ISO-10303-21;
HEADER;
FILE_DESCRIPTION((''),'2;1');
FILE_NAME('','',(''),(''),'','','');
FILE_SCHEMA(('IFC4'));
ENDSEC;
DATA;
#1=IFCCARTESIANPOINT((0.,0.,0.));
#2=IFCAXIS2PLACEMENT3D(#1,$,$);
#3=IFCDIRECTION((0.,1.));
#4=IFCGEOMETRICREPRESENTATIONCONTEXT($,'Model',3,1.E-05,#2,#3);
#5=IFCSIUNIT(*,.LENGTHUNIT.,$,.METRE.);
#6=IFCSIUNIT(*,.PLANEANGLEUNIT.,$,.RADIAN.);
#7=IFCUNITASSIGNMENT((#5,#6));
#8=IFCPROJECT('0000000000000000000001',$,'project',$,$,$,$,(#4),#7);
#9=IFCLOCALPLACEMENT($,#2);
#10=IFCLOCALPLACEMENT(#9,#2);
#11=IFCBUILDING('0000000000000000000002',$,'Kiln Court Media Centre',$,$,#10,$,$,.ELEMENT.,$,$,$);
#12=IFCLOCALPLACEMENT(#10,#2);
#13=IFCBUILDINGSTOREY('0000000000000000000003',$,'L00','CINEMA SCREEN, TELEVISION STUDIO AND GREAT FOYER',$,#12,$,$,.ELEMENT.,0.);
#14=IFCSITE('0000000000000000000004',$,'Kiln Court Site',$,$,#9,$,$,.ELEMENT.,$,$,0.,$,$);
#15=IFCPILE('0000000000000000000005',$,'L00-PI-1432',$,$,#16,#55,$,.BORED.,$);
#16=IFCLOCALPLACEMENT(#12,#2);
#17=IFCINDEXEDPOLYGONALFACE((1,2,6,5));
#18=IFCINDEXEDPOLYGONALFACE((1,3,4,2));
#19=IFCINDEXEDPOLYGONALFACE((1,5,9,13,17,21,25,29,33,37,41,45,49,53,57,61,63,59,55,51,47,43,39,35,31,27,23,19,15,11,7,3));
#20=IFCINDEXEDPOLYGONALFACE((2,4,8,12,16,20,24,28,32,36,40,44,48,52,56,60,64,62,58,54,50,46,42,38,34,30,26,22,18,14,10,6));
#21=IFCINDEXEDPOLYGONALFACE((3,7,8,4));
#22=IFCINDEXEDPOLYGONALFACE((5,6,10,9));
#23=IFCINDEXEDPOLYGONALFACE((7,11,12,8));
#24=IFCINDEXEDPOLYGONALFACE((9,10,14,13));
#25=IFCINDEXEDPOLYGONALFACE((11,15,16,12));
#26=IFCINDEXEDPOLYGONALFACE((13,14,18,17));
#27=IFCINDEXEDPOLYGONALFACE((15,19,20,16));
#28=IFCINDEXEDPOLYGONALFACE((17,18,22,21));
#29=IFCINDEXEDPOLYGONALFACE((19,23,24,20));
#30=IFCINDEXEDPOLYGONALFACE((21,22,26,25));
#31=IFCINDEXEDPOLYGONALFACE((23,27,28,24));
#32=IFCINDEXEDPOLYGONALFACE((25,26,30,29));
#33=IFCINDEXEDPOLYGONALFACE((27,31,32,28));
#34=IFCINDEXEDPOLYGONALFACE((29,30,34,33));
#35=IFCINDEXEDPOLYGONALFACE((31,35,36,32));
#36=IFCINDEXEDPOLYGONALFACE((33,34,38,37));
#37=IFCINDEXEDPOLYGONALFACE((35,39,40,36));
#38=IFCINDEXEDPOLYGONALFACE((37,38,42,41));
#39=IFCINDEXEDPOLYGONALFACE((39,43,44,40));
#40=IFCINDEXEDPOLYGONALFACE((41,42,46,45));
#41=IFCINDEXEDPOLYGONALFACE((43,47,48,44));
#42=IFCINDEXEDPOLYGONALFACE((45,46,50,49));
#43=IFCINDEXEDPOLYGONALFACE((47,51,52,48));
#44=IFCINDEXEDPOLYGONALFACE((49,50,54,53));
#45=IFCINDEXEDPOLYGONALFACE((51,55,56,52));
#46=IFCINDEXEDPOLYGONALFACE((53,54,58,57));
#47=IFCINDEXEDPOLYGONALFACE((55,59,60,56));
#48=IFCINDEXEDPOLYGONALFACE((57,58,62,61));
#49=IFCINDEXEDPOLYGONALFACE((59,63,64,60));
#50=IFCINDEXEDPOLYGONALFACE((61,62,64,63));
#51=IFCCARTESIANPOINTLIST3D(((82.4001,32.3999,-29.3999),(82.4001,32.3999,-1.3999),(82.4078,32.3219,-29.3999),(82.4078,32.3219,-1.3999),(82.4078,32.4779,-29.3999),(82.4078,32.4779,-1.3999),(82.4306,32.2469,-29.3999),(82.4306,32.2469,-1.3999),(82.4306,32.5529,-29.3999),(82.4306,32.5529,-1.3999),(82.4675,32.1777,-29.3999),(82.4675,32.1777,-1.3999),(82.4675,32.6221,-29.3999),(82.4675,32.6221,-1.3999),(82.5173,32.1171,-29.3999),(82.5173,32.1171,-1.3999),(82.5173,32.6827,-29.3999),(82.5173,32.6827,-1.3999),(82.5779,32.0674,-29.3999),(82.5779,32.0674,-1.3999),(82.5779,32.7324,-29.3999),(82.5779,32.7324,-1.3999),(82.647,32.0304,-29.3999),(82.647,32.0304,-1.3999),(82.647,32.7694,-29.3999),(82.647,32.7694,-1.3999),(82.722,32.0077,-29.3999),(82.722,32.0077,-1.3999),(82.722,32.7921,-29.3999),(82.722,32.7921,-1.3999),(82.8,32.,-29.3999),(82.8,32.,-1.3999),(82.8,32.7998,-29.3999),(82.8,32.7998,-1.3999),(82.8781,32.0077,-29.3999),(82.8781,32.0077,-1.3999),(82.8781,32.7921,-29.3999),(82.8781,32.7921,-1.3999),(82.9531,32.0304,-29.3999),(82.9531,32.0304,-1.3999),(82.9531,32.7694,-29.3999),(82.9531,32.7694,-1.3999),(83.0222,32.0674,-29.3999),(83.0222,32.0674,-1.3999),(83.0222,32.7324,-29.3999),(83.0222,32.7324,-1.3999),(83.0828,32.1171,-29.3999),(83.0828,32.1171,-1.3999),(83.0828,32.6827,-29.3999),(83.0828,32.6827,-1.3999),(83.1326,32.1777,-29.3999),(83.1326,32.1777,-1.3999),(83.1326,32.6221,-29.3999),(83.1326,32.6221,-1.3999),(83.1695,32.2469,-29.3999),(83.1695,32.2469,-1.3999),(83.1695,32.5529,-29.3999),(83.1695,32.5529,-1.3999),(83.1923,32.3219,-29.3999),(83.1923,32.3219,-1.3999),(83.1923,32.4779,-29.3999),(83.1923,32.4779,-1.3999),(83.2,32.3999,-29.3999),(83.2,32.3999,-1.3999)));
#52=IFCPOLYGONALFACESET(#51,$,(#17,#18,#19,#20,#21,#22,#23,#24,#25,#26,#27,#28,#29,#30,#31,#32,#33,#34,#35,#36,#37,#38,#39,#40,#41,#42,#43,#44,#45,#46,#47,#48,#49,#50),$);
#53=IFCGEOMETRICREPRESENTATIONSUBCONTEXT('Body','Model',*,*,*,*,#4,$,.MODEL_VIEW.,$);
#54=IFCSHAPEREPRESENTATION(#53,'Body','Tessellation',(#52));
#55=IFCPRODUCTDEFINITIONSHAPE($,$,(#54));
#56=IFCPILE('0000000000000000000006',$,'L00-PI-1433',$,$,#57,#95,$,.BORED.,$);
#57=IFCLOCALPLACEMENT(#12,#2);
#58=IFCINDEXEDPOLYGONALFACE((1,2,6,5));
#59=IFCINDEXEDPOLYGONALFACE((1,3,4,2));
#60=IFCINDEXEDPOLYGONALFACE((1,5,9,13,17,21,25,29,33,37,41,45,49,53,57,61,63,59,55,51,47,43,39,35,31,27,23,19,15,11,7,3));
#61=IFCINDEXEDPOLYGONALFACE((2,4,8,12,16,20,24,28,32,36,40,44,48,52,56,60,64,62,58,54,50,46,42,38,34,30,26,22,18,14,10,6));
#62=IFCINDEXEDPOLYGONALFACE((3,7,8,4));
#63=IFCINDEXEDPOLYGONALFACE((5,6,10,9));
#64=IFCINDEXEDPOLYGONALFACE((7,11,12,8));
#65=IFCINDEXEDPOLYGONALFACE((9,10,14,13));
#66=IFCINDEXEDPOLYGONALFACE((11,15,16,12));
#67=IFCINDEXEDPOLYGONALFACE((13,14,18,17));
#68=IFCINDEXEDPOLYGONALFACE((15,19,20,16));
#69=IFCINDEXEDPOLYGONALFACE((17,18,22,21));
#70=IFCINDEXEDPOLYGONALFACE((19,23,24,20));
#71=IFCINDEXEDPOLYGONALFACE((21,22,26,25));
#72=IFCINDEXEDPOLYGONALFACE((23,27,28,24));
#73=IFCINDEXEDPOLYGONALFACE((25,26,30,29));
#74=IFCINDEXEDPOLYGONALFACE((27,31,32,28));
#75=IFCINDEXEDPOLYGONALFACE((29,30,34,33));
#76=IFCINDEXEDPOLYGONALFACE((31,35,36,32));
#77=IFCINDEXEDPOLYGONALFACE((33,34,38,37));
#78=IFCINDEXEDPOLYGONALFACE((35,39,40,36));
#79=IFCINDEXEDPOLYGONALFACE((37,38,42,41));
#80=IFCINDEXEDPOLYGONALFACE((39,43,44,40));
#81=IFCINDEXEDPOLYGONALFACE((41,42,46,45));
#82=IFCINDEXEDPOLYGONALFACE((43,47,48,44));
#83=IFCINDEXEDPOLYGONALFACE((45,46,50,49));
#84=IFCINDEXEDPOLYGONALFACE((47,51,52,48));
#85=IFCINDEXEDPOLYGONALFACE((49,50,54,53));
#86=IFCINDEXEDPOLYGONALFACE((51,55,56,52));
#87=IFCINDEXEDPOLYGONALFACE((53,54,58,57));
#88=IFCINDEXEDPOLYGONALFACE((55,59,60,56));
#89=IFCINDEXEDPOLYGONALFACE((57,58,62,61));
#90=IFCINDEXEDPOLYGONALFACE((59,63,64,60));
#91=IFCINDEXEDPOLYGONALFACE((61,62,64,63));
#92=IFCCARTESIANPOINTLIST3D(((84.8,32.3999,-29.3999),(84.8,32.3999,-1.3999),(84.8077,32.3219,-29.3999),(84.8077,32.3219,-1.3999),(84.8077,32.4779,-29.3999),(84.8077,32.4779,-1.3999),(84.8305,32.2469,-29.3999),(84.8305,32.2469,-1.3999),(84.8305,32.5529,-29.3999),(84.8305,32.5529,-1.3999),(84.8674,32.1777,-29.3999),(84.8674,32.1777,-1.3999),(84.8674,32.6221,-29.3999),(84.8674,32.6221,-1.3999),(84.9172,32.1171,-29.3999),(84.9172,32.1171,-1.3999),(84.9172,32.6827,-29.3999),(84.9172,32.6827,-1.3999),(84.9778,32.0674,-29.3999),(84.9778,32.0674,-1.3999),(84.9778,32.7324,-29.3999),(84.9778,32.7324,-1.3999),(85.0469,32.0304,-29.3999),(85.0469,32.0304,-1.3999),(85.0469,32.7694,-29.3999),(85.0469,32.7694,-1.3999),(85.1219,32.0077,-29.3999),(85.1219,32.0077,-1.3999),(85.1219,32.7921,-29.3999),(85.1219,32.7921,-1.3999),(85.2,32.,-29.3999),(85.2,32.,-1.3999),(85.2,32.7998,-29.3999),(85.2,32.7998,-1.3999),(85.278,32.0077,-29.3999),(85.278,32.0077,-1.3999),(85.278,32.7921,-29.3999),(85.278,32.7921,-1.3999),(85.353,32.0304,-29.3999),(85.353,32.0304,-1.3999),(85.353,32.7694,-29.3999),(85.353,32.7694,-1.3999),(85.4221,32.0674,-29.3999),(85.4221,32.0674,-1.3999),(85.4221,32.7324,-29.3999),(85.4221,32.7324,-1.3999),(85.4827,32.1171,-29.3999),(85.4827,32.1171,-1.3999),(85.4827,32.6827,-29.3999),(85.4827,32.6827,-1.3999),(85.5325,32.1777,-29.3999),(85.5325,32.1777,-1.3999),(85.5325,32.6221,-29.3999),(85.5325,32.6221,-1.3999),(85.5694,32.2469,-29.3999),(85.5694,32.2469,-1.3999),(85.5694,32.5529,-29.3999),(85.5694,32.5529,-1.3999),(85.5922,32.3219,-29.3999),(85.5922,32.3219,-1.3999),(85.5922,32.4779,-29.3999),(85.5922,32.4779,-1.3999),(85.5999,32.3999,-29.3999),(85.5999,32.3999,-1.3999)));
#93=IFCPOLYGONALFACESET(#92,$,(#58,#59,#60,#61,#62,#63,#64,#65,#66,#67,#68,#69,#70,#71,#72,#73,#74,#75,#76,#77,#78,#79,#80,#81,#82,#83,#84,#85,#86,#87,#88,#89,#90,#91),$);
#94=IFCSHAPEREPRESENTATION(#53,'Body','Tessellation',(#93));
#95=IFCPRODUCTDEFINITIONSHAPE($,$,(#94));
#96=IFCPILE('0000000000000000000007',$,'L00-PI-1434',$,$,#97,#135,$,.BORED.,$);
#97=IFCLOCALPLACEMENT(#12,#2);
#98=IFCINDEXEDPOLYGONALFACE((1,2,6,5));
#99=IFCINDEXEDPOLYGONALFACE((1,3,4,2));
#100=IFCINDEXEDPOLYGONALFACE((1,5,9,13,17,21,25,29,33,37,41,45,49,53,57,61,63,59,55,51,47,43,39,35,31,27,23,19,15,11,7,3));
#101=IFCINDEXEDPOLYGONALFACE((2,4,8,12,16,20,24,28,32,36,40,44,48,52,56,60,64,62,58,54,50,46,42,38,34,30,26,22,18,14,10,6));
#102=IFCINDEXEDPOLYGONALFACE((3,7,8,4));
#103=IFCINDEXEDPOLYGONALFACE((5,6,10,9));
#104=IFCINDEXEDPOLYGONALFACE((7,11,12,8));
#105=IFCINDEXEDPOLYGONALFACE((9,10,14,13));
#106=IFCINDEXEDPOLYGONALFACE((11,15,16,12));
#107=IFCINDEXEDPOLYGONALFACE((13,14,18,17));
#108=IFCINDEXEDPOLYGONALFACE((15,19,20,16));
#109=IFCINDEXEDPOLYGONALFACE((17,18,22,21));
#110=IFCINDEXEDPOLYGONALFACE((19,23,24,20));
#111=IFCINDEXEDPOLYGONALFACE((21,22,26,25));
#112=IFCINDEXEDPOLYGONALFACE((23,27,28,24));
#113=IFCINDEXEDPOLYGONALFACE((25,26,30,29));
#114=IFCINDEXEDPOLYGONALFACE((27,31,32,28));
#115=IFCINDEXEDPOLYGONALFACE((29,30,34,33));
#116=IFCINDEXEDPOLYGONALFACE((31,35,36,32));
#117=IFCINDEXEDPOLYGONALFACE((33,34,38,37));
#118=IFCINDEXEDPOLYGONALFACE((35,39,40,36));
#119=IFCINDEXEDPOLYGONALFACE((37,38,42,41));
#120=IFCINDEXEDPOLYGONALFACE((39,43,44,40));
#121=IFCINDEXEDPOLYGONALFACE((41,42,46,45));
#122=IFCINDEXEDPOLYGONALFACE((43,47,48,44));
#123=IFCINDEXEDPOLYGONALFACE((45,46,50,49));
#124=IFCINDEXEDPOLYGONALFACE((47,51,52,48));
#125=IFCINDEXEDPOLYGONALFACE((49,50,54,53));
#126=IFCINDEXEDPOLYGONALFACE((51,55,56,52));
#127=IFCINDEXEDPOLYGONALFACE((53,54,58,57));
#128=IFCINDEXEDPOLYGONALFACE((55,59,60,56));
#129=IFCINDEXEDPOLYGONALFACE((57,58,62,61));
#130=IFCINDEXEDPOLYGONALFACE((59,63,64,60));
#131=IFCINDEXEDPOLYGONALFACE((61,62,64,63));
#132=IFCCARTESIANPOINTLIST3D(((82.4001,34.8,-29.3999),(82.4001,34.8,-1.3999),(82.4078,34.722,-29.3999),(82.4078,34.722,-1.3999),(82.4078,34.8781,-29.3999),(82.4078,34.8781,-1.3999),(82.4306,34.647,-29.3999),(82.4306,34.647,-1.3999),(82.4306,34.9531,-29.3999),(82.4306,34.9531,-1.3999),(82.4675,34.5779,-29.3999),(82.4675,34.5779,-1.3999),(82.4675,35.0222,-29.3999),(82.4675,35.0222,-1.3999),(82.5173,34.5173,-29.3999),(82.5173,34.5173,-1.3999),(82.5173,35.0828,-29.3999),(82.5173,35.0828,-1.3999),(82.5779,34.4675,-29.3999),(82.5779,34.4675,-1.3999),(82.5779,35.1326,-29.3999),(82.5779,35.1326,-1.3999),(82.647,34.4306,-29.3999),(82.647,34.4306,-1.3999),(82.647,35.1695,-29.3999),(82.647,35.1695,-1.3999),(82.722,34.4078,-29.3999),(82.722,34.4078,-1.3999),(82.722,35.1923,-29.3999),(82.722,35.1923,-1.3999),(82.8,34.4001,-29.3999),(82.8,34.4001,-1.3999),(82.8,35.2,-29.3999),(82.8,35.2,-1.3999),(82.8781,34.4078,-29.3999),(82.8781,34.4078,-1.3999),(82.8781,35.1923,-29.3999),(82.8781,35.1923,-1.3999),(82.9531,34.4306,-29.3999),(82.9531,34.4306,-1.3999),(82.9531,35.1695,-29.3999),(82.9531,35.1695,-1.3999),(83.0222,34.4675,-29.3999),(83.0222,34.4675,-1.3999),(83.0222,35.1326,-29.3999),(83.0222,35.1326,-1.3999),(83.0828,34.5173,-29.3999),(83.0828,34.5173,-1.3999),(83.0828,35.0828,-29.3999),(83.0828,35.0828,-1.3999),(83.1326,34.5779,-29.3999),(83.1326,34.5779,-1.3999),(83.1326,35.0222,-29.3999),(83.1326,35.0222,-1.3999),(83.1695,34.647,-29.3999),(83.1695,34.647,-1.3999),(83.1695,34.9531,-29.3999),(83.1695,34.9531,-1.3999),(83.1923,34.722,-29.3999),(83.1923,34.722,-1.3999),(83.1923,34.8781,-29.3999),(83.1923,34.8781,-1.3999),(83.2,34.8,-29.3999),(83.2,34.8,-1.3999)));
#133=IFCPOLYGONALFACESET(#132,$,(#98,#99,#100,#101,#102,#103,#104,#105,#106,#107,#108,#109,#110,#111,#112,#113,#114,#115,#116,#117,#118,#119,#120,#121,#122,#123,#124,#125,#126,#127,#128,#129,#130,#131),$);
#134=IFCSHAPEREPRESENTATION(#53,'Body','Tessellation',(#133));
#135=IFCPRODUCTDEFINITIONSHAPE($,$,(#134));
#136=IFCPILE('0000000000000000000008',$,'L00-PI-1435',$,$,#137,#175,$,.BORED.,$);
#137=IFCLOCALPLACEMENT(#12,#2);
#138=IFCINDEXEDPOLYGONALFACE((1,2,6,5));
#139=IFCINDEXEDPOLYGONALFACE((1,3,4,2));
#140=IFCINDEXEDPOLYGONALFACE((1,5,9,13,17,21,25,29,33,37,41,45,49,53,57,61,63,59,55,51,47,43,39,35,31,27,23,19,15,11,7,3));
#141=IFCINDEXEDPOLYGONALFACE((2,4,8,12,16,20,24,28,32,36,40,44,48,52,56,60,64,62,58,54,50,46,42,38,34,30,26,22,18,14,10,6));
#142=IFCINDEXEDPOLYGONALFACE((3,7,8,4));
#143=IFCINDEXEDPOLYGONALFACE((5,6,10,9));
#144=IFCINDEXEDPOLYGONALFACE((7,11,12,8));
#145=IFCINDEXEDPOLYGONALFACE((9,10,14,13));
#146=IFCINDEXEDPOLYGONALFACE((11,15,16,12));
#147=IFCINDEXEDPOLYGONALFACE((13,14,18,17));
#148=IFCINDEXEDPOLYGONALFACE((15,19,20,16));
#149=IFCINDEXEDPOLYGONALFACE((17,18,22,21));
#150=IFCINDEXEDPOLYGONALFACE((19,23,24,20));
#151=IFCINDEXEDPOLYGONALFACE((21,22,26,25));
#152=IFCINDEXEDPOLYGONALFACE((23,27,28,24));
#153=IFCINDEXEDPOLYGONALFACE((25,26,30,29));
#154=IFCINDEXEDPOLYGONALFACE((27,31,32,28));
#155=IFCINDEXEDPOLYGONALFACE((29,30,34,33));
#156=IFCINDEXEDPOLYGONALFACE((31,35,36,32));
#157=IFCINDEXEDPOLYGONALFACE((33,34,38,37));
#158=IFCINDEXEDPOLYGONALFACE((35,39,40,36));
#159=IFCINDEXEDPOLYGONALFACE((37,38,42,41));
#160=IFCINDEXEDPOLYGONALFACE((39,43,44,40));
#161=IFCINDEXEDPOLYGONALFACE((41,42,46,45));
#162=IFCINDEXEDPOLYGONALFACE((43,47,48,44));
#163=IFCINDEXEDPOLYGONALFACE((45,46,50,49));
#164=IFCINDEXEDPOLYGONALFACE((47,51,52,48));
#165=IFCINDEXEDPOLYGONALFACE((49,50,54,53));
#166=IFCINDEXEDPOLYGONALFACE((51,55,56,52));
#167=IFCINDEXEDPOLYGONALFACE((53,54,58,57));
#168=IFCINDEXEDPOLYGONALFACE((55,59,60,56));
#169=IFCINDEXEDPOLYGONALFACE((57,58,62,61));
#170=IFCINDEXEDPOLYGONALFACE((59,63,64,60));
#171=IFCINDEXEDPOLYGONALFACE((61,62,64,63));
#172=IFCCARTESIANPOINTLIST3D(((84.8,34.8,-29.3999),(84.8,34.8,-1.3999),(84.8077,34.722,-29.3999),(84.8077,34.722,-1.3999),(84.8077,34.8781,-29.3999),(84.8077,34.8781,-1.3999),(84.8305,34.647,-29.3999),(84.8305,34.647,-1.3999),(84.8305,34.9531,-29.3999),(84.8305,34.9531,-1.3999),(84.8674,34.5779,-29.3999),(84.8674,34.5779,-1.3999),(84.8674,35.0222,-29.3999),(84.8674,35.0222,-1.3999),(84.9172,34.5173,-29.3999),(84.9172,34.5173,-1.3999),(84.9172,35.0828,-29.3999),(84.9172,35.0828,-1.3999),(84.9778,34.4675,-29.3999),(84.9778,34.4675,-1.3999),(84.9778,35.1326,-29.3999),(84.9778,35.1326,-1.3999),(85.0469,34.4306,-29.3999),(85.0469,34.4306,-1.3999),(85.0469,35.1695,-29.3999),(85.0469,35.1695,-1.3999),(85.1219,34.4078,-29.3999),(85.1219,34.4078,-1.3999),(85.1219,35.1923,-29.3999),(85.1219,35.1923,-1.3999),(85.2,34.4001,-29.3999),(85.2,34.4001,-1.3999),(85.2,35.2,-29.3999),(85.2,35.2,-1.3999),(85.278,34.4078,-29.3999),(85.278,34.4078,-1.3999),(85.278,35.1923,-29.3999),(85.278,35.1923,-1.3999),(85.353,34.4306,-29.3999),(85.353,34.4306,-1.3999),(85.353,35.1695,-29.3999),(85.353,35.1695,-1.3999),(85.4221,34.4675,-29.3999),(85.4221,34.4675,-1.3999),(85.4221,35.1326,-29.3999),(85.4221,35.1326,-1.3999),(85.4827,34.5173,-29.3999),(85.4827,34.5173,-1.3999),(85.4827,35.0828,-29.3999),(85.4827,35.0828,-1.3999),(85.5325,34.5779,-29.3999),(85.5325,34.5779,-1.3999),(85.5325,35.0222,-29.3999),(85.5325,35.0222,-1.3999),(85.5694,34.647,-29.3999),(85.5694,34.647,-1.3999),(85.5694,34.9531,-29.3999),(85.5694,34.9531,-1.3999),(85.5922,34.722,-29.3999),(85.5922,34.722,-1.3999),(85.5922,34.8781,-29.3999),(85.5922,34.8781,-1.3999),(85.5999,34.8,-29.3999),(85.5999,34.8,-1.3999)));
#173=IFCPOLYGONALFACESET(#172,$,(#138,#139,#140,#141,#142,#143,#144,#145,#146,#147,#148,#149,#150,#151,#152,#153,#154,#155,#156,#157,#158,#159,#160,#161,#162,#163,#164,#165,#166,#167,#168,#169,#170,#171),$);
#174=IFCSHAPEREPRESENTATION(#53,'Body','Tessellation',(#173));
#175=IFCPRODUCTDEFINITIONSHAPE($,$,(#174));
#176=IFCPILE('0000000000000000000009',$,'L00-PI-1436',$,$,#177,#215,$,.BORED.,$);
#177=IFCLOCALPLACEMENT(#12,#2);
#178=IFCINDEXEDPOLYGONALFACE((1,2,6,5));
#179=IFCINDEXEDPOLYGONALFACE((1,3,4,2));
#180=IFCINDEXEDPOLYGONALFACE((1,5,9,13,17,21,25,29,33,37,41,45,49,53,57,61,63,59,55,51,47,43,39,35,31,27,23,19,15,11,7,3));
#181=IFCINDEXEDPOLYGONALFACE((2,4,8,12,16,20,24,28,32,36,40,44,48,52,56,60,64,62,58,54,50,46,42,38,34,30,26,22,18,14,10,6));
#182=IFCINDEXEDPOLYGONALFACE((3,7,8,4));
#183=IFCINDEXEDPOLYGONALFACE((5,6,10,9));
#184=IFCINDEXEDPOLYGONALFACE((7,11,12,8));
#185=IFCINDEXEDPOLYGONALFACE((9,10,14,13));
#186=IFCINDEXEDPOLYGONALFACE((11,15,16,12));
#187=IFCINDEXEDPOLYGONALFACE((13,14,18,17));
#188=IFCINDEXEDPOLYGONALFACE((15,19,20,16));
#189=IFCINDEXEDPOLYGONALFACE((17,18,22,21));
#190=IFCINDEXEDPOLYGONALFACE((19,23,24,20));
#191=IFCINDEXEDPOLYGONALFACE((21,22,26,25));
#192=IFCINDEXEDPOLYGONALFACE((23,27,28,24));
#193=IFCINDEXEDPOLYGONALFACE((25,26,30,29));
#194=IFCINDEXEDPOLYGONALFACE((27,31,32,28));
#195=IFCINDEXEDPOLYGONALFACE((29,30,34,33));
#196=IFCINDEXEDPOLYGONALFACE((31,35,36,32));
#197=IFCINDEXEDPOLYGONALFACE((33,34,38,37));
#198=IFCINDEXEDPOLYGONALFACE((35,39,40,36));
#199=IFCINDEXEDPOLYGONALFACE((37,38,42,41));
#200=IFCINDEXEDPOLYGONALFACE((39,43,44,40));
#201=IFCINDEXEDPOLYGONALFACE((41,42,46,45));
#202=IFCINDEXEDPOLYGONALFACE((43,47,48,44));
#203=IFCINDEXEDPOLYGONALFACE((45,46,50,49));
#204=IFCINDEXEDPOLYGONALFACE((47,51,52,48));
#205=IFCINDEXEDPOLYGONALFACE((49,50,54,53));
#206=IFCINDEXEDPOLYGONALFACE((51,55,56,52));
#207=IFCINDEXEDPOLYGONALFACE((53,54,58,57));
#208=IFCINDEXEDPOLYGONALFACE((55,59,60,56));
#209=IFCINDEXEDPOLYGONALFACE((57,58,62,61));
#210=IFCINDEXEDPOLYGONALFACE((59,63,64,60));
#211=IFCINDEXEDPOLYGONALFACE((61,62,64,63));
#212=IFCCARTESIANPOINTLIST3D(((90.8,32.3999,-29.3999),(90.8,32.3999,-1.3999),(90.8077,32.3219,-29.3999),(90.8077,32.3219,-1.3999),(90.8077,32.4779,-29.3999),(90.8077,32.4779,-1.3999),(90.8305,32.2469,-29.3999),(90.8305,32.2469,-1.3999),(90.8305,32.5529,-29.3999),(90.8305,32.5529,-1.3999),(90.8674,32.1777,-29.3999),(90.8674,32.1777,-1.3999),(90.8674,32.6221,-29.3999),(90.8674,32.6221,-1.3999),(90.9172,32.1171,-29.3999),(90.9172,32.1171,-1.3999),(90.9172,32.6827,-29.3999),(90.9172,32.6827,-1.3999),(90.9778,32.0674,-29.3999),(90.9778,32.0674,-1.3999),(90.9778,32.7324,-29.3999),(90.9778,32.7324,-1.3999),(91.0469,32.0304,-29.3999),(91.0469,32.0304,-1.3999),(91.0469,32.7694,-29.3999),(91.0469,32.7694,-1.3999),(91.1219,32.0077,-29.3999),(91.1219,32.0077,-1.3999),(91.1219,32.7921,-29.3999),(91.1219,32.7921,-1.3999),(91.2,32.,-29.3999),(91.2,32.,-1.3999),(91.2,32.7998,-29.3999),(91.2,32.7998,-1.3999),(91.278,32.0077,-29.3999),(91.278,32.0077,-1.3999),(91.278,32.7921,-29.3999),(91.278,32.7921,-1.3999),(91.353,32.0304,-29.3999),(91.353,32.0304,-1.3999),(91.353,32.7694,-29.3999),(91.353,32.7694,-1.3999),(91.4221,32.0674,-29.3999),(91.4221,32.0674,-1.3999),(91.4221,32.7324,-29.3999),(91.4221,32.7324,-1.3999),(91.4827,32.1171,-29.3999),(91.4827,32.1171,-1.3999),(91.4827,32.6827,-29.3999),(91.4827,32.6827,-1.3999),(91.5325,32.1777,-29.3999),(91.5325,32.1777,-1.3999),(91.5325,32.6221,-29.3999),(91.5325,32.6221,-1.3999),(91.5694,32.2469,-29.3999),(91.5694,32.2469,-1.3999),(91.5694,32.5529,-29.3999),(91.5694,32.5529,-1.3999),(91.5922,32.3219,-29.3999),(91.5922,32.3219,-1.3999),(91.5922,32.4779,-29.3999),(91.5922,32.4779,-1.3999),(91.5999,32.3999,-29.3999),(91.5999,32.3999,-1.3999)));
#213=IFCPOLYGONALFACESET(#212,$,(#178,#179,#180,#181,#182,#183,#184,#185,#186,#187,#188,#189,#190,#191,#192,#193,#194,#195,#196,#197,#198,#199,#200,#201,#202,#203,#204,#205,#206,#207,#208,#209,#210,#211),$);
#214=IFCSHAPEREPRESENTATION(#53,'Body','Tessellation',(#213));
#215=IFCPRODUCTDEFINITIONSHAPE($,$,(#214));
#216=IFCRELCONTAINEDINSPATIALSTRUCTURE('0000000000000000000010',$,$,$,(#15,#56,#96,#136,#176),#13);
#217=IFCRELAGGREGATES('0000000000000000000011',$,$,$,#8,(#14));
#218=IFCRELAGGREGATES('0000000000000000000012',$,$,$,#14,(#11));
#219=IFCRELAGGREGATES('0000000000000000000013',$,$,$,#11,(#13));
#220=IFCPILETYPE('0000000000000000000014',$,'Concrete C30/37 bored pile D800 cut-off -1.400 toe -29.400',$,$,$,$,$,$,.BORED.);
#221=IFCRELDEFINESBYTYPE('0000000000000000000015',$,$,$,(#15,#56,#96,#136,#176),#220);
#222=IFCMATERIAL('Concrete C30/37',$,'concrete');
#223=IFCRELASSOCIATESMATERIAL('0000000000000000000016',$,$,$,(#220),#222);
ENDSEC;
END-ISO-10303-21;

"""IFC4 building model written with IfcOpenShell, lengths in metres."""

from ifc_helpers import new_model, si_unit, direction, frame, origin, origin_2d, place, context, subcontext, project, spatial, circle, extrude, material, material_profile, profile_set, type_object, element, save


model = new_model("IFC4")

# Units and contexts
model_context = context("Model", 3, precision=1e-05, world=origin(), true_north=direction((0.0, 1.0)))
body_context = subcontext(model_context, "Body", "Model", "MODEL_VIEW")
ifc_project = project(units=[si_unit("LENGTHUNIT", "METRE"), si_unit("PLANEANGLEUNIT", "RADIAN")], contexts=[model_context])

# Site, building, storey
site_placement = place(None, origin())
site = spatial("IfcSite", under=ifc_project, at=site_placement, Name="Kiln Court Site", CompositionType="ELEMENT", RefElevation=0.0)
building_placement = place(site_placement, origin())
building = spatial("IfcBuilding", under=site, at=building_placement, Name="Kiln Court Media Centre", CompositionType="ELEMENT")
storey_placement = place(building_placement, origin())
storey = spatial("IfcBuildingStorey", under=building, at=storey_placement, Name="L00", Description="CINEMA SCREEN, TELEVISION STUDIO AND GREAT FOYER", CompositionType="ELEMENT", Elevation=0.0)

# Piles
ifc_material_1 = material(Name="Concrete C30/37", Category="concrete")
ifc_material_profile = material_profile(ifc_material_1, circle(Radius=0.3999, at=origin_2d()), Name="PILE D800")
ifc_profile_set = profile_set([ifc_material_profile], Name="Concrete C30/37")
pile_type = type_object("IfcPileType", Name="Concrete C30/37 bored pile D800 cut-off -1.400 toe -29.400", PredefinedType="BORED", material=ifc_profile_set)
for number, where, z_axis, x_axis, name in (
    (1, (82.8, 32.3999, -1.3999), (0.0, 0.0, -1.0), (1.0, 0.0, 0.0), "L00-PI-1432"),
    (2, (85.2, 32.3999, -1.3999), (0.0, 0.0, -1.0), (1.0, 0.0, 0.0), "L00-PI-1433"),
    (3, (82.8, 34.8, -1.3999), (0.0, 0.0, -1.0), (1.0, 0.0, 0.0), "L00-PI-1434"),
    (4, (85.2, 34.8, -1.3999), (0.0, 0.0, -1.0), (1.0, 0.0, 0.0), "L00-PI-1435"),
    (5, (91.2, 32.3999, -1.3999), (0.0, 0.0, -1.0), (1.0, 0.0, 0.0), "L00-PI-1436"),
):
    element("IfcPile", number, at=place(storey_placement, frame(where, z_axis=z_axis, x_axis=x_axis)), inside=storey, type_object=pile_type, Name=name, PredefinedType="BORED", context=body_context, shape_type="SweptSolid", body=[
        extrude(circle(Radius=0.3999, at=origin_2d()), origin(), (0.0, 0.0, 1.0), 28.0),
    ])

save(model, "model.ifc")
